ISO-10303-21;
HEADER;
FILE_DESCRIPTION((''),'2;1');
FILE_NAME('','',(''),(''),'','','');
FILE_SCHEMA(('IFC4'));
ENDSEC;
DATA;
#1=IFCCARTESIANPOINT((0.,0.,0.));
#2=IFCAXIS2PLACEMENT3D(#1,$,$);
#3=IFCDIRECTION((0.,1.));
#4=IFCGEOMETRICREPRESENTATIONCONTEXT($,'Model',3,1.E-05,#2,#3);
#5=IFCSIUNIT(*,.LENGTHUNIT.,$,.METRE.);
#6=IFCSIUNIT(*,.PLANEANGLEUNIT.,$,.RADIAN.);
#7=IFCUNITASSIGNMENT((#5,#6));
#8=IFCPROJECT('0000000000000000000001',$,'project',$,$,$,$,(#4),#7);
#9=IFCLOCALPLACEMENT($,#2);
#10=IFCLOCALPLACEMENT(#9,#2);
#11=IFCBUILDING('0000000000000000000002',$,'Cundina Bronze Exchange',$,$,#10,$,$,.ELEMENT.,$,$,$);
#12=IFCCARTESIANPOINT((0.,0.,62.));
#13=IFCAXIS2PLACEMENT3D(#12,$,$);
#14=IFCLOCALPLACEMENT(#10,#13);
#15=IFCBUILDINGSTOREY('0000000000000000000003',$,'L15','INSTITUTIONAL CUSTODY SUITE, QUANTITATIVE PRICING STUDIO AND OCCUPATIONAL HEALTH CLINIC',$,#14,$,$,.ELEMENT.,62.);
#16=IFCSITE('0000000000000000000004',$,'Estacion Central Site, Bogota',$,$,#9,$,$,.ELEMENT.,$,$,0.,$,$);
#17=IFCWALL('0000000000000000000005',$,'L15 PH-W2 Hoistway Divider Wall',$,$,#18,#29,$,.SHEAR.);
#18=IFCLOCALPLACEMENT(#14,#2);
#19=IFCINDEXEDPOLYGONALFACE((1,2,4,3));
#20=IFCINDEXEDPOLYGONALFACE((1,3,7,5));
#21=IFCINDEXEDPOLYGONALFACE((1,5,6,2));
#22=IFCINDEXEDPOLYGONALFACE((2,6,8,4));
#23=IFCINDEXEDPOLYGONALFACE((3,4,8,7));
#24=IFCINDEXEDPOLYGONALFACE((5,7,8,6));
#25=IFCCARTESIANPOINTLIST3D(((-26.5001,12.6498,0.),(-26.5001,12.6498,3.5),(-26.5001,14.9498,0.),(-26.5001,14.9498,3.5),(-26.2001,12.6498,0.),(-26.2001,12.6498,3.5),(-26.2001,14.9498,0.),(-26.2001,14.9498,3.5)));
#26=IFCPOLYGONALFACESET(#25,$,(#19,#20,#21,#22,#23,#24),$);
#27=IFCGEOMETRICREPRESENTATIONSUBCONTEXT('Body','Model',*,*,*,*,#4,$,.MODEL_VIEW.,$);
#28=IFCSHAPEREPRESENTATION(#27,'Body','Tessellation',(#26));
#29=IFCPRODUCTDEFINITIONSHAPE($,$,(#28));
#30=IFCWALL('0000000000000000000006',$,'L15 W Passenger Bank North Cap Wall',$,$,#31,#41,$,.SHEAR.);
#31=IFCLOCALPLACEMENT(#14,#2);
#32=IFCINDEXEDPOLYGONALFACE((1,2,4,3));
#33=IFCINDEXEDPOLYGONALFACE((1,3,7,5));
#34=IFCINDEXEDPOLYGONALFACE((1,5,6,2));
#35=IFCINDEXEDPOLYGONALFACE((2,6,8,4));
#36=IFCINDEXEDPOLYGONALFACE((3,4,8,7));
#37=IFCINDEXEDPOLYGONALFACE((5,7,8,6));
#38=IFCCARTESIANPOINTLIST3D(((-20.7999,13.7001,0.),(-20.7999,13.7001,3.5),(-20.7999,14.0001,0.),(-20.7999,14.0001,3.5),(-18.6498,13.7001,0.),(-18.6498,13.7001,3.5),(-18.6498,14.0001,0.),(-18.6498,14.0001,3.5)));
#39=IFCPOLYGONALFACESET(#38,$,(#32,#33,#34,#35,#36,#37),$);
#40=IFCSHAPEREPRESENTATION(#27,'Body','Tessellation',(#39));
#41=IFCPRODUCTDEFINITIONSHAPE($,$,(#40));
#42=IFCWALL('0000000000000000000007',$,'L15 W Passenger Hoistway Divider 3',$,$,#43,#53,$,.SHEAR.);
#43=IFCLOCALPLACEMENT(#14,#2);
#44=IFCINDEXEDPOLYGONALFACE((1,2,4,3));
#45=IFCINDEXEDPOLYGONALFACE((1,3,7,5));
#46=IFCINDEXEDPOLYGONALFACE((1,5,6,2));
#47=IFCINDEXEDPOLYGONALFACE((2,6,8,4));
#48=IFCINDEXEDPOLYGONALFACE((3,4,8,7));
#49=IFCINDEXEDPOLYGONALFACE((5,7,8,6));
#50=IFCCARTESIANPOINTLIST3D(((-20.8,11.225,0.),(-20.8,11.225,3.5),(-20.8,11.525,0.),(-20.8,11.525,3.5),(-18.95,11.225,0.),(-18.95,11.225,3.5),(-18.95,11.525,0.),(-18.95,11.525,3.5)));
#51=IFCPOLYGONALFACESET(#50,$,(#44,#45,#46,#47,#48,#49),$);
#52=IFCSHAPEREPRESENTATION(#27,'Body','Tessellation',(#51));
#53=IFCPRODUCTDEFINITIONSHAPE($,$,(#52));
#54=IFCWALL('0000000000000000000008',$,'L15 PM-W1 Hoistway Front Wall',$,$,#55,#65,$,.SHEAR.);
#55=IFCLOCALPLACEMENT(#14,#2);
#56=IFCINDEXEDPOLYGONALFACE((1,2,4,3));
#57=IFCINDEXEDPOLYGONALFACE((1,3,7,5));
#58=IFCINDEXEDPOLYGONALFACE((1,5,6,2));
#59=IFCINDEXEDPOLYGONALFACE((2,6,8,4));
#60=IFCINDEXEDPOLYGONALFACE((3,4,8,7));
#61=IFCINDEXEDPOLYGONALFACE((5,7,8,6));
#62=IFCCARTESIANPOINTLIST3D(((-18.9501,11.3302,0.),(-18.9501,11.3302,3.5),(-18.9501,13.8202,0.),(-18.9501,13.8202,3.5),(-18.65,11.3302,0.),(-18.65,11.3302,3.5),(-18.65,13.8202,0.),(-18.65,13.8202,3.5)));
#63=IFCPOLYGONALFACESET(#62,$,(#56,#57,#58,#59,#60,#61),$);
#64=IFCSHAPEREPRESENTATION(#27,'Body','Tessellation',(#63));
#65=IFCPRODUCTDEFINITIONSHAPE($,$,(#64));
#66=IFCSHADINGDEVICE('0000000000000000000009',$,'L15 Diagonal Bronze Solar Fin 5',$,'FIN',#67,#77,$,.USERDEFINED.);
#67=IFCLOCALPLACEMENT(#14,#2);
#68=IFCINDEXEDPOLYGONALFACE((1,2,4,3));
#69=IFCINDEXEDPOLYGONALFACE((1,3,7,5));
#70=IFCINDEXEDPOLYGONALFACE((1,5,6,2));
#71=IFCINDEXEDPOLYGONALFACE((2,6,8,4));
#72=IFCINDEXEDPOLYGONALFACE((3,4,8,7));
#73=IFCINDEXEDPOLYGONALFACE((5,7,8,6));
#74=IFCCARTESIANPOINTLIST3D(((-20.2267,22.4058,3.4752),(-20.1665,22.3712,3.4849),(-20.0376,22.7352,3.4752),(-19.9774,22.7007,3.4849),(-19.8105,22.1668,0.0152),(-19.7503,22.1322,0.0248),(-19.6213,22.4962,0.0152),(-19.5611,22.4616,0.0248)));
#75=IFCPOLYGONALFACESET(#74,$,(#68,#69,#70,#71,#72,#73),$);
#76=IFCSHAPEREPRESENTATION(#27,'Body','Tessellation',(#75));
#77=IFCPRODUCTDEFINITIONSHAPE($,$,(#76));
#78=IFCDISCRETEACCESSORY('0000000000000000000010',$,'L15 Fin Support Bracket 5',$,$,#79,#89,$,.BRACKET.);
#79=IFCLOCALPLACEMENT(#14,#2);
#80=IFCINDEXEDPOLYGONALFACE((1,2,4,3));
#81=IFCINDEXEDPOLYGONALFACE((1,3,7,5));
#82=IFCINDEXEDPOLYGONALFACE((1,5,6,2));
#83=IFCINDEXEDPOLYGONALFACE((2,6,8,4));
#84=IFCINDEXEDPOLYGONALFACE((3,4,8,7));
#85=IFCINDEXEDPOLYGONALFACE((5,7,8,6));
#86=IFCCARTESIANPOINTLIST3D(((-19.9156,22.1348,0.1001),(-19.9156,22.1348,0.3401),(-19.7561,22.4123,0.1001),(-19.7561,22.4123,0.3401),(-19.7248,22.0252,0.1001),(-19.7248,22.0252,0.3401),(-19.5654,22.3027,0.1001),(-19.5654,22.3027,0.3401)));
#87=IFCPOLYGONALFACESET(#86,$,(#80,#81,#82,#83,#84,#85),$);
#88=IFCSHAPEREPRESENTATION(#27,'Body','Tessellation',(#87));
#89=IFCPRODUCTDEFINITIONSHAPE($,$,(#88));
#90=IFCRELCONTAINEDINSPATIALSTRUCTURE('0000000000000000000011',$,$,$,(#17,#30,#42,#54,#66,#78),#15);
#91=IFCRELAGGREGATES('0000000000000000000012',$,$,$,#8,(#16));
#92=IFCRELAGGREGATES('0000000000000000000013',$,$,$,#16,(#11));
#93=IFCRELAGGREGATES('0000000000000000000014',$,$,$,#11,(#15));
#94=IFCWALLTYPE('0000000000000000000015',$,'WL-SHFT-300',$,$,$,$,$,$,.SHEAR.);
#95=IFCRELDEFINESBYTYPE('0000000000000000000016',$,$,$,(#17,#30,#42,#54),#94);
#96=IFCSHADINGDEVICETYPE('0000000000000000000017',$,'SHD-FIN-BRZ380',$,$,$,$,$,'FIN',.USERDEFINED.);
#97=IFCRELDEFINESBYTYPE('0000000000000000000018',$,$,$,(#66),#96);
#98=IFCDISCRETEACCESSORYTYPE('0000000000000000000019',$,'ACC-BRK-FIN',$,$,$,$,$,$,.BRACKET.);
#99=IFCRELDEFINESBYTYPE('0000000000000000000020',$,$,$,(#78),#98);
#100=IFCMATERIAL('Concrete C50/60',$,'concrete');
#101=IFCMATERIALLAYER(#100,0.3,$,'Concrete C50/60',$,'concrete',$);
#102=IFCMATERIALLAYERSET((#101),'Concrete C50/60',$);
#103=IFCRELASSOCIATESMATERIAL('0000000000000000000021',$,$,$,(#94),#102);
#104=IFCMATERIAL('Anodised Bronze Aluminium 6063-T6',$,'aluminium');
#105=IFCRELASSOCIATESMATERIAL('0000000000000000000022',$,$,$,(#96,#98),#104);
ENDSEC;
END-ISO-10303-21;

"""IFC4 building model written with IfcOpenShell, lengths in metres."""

from ifc_helpers import new_model, si_unit, direction, frame, frame_2d, origin, origin_2d, place, context, subcontext, project, spatial, rectangle, extrude, material, layer, layer_set, material_profile, profile_set, type_object, element, save


model = new_model("IFC4")

# Units and contexts
model_context = context("Model", 3, precision=1e-05, world=origin(), true_north=direction((0.0, 1.0)))
body_context = subcontext(model_context, "Body", "Model", "MODEL_VIEW")
ifc_project = project(units=[si_unit("LENGTHUNIT", "METRE"), si_unit("PLANEANGLEUNIT", "RADIAN")], contexts=[model_context])

# Site, building, storey
site_placement = place(None, origin())
site = spatial("IfcSite", under=ifc_project, at=site_placement, Name="Estacion Central Site, Bogota", CompositionType="ELEMENT", RefElevation=0.0)
building_placement = place(site_placement, origin())
building = spatial("IfcBuilding", under=site, at=building_placement, Name="Cundina Bronze Exchange", CompositionType="ELEMENT")
storey_placement = place(building_placement, frame((0.0, 0.0, 62.0)))
storey = spatial("IfcBuildingStorey", under=building, at=storey_placement, Name="L15", Description="INSTITUTIONAL CUSTODY SUITE, QUANTITATIVE PRICING STUDIO AND OCCUPATIONAL HEALTH CLINIC", CompositionType="ELEMENT", Elevation=62.0)

# Shared definitions
ifc_material_1 = material(Name="Anodised Bronze Aluminium 6063-T6", Category="aluminium")

# Shared definitions
ifc_material_2 = material(Name="Concrete C50/60", Category="concrete")
ifc_layer_1 = layer(ifc_material_2, 0.3, Name="Concrete C50/60", Category="concrete")
ifc_layer_set_1 = layer_set([ifc_layer_1], Name="Concrete C50/60")
wall_type_1 = type_object("IfcWallType", Name="WL-SHFT-300", PredefinedType="SHEAR", material=ifc_layer_set_1)

# Walls
wall_1_placement = place(storey_placement, frame((-26.3501, 12.6499, 0.0), z_axis=(0.0, 0.0, 1.0), x_axis=(0.0, 1.0, 0.0)))
element("IfcWall", 1, at=wall_1_placement, inside=storey, type_object=wall_type_1, Name="L15 PH-W2 Hoistway Divider Wall", PredefinedType="SHEAR", context=body_context, shape_type="SweptSolid", body=[
    extrude(rectangle(XDim=2.3, YDim=0.3, at=frame_2d((1.1499, 0.0))), origin(), (0.0, 0.0, 1.0), 3.5),
])
wall_2_placement = place(storey_placement, frame((-20.8, 13.8501, 0.0), z_axis=(0.0, 0.0, 1.0), x_axis=(1.0, 0.0, 0.0)))
element("IfcWall", 2, at=wall_2_placement, inside=storey, type_object=wall_type_1, Name="L15 W Passenger Bank North Cap Wall", PredefinedType="SHEAR", context=body_context, shape_type="SweptSolid", body=[
    extrude(rectangle(XDim=2.1501, YDim=0.3, at=frame_2d((1.0752, 0.0))), origin(), (0.0, 0.0, 1.0), 3.5),
])
wall_3_placement = place(storey_placement, frame((-20.8, 11.375, 0.0), z_axis=(0.0, 0.0, 1.0), x_axis=(1.0, 0.0, 0.0)))
element("IfcWall", 3, at=wall_3_placement, inside=storey, type_object=wall_type_1, Name="L15 W Passenger Hoistway Divider 3", PredefinedType="SHEAR", context=body_context, shape_type="SweptSolid", body=[
    extrude(rectangle(XDim=1.8501, YDim=0.3, at=frame_2d((0.925, 0.0))), origin(), (0.0, 0.0, 1.0), 3.5),
])
wall_4_placement = place(storey_placement, frame((-18.8, 11.3301, 0.0), z_axis=(0.0, 0.0, 1.0), x_axis=(0.0, 1.0, 0.0)))
element("IfcWall", 4, at=wall_4_placement, inside=storey, type_object=wall_type_1, Name="L15 PM-W1 Hoistway Front Wall", PredefinedType="SHEAR", context=body_context, shape_type="SweptSolid", body=[
    extrude(rectangle(XDim=2.49, YDim=0.3, at=frame_2d((1.2451, 0.0))), origin(), (0.0, 0.0, 1.0), 3.5),
])

# Shading device
ifc_material_profile_1 = material_profile(ifc_material_1, rectangle(XDim=0.0701, YDim=0.3799, at=origin_2d()), Name="FIN70X380", Category="aluminium")
ifc_profile_set_1 = profile_set([ifc_material_profile_1], Name="Anodised Bronze Aluminium 6063-T6")
shading_device_type = type_object("IfcShadingDeviceType", Name="SHD-FIN-BRZ380", ElementType="FIN", PredefinedType="USERDEFINED", material=ifc_profile_set_1)
shading_device_placement = place(storey_placement, frame((-19.6858, 22.3142, 0.02), z_axis=(-0.119166, 0.068425, 0.990514), x_axis=(0.858982, -0.493222, 0.137414)))
element("IfcShadingDevice", 5, at=shading_device_placement, inside=storey, type_object=shading_device_type, Name="L15 Diagonal Bronze Solar Fin 5", ObjectType="FIN", PredefinedType="USERDEFINED", context=body_context, shape_type="SweptSolid", body=[
    extrude(rectangle(XDim=0.0701, YDim=0.3799, at=origin_2d()), origin(), (0.0, 0.0, 1.0), 3.4932),
])

# Discrete accessory
discrete_accessory_type = type_object("IfcDiscreteAccessoryType", Name="ACC-BRK-FIN", PredefinedType="BRACKET", material=ifc_material_1)
discrete_accessory_placement = place(storey_placement, frame((-19.7405, 22.2188, 0.1001), z_axis=(0.0, 0.0, 1.0), x_axis=(-0.867105, 0.498125, 0.0)))
element("IfcDiscreteAccessory", 6, at=discrete_accessory_placement, inside=storey, type_object=discrete_accessory_type, Name="L15 Fin Support Bracket 5", PredefinedType="BRACKET", context=body_context, shape_type="SweptSolid", body=[
    extrude(rectangle(XDim=0.22, YDim=0.3201, at=origin_2d()), origin(), (0.0, 0.0, 1.0), 0.24),
])

save(model, "model.ifc")
